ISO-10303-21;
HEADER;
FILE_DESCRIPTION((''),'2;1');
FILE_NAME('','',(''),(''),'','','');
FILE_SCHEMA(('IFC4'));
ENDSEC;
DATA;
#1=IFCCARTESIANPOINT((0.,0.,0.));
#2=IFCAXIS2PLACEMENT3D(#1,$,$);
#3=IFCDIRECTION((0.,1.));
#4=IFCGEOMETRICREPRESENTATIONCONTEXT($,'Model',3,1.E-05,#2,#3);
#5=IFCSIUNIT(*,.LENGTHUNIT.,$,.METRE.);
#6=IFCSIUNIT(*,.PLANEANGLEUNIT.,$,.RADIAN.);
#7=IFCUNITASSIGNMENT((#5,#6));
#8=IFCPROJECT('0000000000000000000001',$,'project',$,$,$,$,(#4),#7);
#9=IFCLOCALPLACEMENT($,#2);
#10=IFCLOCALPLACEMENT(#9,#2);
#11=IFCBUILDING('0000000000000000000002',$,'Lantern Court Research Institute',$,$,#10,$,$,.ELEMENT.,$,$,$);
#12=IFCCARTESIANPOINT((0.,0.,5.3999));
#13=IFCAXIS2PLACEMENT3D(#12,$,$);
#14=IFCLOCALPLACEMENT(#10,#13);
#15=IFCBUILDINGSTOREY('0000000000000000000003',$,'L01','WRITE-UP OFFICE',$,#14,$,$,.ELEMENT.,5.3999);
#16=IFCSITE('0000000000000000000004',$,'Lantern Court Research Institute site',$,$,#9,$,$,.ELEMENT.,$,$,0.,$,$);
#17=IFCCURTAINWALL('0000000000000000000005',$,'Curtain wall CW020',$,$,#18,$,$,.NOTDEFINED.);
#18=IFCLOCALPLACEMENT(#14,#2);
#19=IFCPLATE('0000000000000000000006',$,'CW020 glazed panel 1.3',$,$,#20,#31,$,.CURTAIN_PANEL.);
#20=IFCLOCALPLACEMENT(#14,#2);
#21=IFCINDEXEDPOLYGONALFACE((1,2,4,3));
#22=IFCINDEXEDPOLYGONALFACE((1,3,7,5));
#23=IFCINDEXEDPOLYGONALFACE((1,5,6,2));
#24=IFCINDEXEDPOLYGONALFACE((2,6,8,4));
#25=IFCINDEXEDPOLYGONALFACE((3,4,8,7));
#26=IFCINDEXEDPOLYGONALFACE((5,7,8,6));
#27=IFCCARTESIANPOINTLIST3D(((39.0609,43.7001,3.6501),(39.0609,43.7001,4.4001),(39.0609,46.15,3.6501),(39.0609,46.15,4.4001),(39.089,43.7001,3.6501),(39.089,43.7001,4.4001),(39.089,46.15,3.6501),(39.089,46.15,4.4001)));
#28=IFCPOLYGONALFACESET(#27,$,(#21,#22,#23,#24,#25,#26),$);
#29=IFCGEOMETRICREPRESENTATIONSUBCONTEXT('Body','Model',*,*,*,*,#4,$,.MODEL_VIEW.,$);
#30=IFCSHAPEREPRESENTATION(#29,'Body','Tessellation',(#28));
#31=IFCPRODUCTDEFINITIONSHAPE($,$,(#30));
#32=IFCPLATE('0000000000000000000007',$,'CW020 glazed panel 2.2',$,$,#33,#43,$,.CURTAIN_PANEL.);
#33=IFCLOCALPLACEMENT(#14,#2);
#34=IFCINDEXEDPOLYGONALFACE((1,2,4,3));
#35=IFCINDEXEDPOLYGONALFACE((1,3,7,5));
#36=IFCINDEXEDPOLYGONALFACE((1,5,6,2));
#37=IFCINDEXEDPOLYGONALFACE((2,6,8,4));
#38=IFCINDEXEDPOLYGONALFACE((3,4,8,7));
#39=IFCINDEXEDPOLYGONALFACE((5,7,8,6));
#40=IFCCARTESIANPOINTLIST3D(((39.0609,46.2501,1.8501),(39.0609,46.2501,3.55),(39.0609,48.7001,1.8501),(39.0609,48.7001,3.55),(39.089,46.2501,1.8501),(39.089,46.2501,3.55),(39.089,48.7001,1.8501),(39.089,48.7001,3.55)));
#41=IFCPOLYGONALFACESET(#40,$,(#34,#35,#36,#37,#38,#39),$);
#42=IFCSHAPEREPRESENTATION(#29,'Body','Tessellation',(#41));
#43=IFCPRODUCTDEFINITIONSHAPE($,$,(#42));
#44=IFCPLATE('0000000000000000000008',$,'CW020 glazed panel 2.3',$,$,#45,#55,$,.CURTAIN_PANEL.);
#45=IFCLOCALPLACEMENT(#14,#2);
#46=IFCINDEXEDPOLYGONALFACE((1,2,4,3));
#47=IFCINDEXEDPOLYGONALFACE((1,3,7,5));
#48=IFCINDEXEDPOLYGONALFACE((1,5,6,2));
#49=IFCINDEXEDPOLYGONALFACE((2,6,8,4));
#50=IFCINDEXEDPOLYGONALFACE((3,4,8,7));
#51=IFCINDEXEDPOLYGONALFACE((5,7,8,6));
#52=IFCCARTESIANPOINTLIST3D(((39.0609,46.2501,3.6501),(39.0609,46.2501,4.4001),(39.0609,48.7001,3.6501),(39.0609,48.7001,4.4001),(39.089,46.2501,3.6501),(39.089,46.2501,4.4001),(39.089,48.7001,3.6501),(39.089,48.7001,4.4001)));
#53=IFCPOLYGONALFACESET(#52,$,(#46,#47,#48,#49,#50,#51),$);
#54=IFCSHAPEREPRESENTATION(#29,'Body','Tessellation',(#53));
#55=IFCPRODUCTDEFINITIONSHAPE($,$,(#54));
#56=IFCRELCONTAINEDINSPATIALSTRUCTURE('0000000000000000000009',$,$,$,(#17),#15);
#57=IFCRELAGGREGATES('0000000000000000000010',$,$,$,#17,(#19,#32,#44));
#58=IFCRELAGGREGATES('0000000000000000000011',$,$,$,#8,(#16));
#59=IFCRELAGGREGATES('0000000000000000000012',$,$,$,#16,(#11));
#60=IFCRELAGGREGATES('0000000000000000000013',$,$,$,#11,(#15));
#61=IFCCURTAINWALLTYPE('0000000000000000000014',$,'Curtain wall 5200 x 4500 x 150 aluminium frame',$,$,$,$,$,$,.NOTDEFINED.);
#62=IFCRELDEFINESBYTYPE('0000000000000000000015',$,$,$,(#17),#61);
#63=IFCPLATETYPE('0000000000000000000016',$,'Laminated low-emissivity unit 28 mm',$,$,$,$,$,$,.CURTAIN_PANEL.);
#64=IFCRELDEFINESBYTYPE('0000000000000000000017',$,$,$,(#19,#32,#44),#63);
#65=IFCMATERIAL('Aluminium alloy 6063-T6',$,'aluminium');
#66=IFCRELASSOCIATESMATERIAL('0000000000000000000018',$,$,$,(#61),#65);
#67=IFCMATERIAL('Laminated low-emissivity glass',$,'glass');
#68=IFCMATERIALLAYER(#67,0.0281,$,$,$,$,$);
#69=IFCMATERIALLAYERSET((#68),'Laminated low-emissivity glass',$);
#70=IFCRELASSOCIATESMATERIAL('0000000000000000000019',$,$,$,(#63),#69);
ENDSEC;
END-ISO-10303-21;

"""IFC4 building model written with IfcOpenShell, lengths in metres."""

from ifc_helpers import new_model, si_unit, direction, frame, origin, origin_2d, place, context, subcontext, project, spatial, rectangle, extrude, material, layer, layer_set, type_object, element, aggregate, save


model = new_model("IFC4")

# Units and contexts
model_context = context("Model", 3, precision=1e-05, world=origin(), true_north=direction((0.0, 1.0)))
body_context = subcontext(model_context, "Body", "Model", "MODEL_VIEW")
ifc_project = project(units=[si_unit("LENGTHUNIT", "METRE"), si_unit("PLANEANGLEUNIT", "RADIAN")], contexts=[model_context])

# Site, building, storey
site_placement = place(None, origin())
site = spatial("IfcSite", under=ifc_project, at=site_placement, Name="Lantern Court Research Institute site", CompositionType="ELEMENT", RefElevation=0.0)
building_placement = place(site_placement, origin())
building = spatial("IfcBuilding", under=site, at=building_placement, Name="Lantern Court Research Institute", CompositionType="ELEMENT")
storey_placement = place(building_placement, frame((0.0, 0.0, 5.3999)))
storey = spatial("IfcBuildingStorey", under=building, at=storey_placement, Name="L01", Description="WRITE-UP OFFICE", CompositionType="ELEMENT", Elevation=5.3999)

# Curtain wall, plates
ifc_material_1 = material(Name="Aluminium alloy 6063-T6", Category="aluminium")
curtain_wall_type = type_object("IfcCurtainWallType", Name="Curtain wall 5200 x 4500 x 150 aluminium frame", PredefinedType="NOTDEFINED", material=ifc_material_1)
curtain_wall_placement = place(storey_placement, origin())
curtain_wall = element("IfcCurtainWall", 1, at=curtain_wall_placement, inside=storey, type_object=curtain_wall_type, Name="Curtain wall CW020", PredefinedType="NOTDEFINED")
ifc_material_2 = material(Name="Laminated low-emissivity glass", Category="glass")
ifc_layer_1 = layer(ifc_material_2, 0.0281)
ifc_layer_set_1 = layer_set([ifc_layer_1], Name="Laminated low-emissivity glass")
plate_type_1 = type_object("IfcPlateType", Name="Laminated low-emissivity unit 28 mm", PredefinedType="CURTAIN_PANEL", material=ifc_layer_set_1)
plate_1_placement = place(storey_placement, frame((39.075, 44.925, 3.6501), z_axis=(0.0, 0.0, 1.0), x_axis=(0.0, 1.0, 0.0)))
plate_1 = element("IfcPlate", 2, at=plate_1_placement, type_object=plate_type_1, Name="CW020 glazed panel 1.3", PredefinedType="CURTAIN_PANEL", context=body_context, shape_type="SweptSolid", body=[
    extrude(rectangle(XDim=2.45, YDim=0.0281, at=origin_2d()), origin(), (0.0, 0.0, 1.0), 0.75),
])
plate_2_placement = place(storey_placement, frame((39.075, 47.4751, 1.8501), z_axis=(0.0, 0.0, 1.0), x_axis=(0.0, 1.0, 0.0)))
plate_2 = element("IfcPlate", 3, at=plate_2_placement, type_object=plate_type_1, Name="CW020 glazed panel 2.2", PredefinedType="CURTAIN_PANEL", context=body_context, shape_type="SweptSolid", body=[
    extrude(rectangle(XDim=2.45, YDim=0.0281, at=origin_2d()), origin(), (0.0, 0.0, 1.0), 1.7),
])
plate_3_placement = place(storey_placement, frame((39.075, 47.4751, 3.6501), z_axis=(0.0, 0.0, 1.0), x_axis=(0.0, 1.0, 0.0)))
plate_3 = element("IfcPlate", 4, at=plate_3_placement, type_object=plate_type_1, Name="CW020 glazed panel 2.3", PredefinedType="CURTAIN_PANEL", context=body_context, shape_type="SweptSolid", body=[
    extrude(rectangle(XDim=2.45, YDim=0.0281, at=origin_2d()), origin(), (0.0, 0.0, 1.0), 0.75),
])
aggregate(curtain_wall, [plate_1, plate_2, plate_3])

save(model, "model.ifc")
